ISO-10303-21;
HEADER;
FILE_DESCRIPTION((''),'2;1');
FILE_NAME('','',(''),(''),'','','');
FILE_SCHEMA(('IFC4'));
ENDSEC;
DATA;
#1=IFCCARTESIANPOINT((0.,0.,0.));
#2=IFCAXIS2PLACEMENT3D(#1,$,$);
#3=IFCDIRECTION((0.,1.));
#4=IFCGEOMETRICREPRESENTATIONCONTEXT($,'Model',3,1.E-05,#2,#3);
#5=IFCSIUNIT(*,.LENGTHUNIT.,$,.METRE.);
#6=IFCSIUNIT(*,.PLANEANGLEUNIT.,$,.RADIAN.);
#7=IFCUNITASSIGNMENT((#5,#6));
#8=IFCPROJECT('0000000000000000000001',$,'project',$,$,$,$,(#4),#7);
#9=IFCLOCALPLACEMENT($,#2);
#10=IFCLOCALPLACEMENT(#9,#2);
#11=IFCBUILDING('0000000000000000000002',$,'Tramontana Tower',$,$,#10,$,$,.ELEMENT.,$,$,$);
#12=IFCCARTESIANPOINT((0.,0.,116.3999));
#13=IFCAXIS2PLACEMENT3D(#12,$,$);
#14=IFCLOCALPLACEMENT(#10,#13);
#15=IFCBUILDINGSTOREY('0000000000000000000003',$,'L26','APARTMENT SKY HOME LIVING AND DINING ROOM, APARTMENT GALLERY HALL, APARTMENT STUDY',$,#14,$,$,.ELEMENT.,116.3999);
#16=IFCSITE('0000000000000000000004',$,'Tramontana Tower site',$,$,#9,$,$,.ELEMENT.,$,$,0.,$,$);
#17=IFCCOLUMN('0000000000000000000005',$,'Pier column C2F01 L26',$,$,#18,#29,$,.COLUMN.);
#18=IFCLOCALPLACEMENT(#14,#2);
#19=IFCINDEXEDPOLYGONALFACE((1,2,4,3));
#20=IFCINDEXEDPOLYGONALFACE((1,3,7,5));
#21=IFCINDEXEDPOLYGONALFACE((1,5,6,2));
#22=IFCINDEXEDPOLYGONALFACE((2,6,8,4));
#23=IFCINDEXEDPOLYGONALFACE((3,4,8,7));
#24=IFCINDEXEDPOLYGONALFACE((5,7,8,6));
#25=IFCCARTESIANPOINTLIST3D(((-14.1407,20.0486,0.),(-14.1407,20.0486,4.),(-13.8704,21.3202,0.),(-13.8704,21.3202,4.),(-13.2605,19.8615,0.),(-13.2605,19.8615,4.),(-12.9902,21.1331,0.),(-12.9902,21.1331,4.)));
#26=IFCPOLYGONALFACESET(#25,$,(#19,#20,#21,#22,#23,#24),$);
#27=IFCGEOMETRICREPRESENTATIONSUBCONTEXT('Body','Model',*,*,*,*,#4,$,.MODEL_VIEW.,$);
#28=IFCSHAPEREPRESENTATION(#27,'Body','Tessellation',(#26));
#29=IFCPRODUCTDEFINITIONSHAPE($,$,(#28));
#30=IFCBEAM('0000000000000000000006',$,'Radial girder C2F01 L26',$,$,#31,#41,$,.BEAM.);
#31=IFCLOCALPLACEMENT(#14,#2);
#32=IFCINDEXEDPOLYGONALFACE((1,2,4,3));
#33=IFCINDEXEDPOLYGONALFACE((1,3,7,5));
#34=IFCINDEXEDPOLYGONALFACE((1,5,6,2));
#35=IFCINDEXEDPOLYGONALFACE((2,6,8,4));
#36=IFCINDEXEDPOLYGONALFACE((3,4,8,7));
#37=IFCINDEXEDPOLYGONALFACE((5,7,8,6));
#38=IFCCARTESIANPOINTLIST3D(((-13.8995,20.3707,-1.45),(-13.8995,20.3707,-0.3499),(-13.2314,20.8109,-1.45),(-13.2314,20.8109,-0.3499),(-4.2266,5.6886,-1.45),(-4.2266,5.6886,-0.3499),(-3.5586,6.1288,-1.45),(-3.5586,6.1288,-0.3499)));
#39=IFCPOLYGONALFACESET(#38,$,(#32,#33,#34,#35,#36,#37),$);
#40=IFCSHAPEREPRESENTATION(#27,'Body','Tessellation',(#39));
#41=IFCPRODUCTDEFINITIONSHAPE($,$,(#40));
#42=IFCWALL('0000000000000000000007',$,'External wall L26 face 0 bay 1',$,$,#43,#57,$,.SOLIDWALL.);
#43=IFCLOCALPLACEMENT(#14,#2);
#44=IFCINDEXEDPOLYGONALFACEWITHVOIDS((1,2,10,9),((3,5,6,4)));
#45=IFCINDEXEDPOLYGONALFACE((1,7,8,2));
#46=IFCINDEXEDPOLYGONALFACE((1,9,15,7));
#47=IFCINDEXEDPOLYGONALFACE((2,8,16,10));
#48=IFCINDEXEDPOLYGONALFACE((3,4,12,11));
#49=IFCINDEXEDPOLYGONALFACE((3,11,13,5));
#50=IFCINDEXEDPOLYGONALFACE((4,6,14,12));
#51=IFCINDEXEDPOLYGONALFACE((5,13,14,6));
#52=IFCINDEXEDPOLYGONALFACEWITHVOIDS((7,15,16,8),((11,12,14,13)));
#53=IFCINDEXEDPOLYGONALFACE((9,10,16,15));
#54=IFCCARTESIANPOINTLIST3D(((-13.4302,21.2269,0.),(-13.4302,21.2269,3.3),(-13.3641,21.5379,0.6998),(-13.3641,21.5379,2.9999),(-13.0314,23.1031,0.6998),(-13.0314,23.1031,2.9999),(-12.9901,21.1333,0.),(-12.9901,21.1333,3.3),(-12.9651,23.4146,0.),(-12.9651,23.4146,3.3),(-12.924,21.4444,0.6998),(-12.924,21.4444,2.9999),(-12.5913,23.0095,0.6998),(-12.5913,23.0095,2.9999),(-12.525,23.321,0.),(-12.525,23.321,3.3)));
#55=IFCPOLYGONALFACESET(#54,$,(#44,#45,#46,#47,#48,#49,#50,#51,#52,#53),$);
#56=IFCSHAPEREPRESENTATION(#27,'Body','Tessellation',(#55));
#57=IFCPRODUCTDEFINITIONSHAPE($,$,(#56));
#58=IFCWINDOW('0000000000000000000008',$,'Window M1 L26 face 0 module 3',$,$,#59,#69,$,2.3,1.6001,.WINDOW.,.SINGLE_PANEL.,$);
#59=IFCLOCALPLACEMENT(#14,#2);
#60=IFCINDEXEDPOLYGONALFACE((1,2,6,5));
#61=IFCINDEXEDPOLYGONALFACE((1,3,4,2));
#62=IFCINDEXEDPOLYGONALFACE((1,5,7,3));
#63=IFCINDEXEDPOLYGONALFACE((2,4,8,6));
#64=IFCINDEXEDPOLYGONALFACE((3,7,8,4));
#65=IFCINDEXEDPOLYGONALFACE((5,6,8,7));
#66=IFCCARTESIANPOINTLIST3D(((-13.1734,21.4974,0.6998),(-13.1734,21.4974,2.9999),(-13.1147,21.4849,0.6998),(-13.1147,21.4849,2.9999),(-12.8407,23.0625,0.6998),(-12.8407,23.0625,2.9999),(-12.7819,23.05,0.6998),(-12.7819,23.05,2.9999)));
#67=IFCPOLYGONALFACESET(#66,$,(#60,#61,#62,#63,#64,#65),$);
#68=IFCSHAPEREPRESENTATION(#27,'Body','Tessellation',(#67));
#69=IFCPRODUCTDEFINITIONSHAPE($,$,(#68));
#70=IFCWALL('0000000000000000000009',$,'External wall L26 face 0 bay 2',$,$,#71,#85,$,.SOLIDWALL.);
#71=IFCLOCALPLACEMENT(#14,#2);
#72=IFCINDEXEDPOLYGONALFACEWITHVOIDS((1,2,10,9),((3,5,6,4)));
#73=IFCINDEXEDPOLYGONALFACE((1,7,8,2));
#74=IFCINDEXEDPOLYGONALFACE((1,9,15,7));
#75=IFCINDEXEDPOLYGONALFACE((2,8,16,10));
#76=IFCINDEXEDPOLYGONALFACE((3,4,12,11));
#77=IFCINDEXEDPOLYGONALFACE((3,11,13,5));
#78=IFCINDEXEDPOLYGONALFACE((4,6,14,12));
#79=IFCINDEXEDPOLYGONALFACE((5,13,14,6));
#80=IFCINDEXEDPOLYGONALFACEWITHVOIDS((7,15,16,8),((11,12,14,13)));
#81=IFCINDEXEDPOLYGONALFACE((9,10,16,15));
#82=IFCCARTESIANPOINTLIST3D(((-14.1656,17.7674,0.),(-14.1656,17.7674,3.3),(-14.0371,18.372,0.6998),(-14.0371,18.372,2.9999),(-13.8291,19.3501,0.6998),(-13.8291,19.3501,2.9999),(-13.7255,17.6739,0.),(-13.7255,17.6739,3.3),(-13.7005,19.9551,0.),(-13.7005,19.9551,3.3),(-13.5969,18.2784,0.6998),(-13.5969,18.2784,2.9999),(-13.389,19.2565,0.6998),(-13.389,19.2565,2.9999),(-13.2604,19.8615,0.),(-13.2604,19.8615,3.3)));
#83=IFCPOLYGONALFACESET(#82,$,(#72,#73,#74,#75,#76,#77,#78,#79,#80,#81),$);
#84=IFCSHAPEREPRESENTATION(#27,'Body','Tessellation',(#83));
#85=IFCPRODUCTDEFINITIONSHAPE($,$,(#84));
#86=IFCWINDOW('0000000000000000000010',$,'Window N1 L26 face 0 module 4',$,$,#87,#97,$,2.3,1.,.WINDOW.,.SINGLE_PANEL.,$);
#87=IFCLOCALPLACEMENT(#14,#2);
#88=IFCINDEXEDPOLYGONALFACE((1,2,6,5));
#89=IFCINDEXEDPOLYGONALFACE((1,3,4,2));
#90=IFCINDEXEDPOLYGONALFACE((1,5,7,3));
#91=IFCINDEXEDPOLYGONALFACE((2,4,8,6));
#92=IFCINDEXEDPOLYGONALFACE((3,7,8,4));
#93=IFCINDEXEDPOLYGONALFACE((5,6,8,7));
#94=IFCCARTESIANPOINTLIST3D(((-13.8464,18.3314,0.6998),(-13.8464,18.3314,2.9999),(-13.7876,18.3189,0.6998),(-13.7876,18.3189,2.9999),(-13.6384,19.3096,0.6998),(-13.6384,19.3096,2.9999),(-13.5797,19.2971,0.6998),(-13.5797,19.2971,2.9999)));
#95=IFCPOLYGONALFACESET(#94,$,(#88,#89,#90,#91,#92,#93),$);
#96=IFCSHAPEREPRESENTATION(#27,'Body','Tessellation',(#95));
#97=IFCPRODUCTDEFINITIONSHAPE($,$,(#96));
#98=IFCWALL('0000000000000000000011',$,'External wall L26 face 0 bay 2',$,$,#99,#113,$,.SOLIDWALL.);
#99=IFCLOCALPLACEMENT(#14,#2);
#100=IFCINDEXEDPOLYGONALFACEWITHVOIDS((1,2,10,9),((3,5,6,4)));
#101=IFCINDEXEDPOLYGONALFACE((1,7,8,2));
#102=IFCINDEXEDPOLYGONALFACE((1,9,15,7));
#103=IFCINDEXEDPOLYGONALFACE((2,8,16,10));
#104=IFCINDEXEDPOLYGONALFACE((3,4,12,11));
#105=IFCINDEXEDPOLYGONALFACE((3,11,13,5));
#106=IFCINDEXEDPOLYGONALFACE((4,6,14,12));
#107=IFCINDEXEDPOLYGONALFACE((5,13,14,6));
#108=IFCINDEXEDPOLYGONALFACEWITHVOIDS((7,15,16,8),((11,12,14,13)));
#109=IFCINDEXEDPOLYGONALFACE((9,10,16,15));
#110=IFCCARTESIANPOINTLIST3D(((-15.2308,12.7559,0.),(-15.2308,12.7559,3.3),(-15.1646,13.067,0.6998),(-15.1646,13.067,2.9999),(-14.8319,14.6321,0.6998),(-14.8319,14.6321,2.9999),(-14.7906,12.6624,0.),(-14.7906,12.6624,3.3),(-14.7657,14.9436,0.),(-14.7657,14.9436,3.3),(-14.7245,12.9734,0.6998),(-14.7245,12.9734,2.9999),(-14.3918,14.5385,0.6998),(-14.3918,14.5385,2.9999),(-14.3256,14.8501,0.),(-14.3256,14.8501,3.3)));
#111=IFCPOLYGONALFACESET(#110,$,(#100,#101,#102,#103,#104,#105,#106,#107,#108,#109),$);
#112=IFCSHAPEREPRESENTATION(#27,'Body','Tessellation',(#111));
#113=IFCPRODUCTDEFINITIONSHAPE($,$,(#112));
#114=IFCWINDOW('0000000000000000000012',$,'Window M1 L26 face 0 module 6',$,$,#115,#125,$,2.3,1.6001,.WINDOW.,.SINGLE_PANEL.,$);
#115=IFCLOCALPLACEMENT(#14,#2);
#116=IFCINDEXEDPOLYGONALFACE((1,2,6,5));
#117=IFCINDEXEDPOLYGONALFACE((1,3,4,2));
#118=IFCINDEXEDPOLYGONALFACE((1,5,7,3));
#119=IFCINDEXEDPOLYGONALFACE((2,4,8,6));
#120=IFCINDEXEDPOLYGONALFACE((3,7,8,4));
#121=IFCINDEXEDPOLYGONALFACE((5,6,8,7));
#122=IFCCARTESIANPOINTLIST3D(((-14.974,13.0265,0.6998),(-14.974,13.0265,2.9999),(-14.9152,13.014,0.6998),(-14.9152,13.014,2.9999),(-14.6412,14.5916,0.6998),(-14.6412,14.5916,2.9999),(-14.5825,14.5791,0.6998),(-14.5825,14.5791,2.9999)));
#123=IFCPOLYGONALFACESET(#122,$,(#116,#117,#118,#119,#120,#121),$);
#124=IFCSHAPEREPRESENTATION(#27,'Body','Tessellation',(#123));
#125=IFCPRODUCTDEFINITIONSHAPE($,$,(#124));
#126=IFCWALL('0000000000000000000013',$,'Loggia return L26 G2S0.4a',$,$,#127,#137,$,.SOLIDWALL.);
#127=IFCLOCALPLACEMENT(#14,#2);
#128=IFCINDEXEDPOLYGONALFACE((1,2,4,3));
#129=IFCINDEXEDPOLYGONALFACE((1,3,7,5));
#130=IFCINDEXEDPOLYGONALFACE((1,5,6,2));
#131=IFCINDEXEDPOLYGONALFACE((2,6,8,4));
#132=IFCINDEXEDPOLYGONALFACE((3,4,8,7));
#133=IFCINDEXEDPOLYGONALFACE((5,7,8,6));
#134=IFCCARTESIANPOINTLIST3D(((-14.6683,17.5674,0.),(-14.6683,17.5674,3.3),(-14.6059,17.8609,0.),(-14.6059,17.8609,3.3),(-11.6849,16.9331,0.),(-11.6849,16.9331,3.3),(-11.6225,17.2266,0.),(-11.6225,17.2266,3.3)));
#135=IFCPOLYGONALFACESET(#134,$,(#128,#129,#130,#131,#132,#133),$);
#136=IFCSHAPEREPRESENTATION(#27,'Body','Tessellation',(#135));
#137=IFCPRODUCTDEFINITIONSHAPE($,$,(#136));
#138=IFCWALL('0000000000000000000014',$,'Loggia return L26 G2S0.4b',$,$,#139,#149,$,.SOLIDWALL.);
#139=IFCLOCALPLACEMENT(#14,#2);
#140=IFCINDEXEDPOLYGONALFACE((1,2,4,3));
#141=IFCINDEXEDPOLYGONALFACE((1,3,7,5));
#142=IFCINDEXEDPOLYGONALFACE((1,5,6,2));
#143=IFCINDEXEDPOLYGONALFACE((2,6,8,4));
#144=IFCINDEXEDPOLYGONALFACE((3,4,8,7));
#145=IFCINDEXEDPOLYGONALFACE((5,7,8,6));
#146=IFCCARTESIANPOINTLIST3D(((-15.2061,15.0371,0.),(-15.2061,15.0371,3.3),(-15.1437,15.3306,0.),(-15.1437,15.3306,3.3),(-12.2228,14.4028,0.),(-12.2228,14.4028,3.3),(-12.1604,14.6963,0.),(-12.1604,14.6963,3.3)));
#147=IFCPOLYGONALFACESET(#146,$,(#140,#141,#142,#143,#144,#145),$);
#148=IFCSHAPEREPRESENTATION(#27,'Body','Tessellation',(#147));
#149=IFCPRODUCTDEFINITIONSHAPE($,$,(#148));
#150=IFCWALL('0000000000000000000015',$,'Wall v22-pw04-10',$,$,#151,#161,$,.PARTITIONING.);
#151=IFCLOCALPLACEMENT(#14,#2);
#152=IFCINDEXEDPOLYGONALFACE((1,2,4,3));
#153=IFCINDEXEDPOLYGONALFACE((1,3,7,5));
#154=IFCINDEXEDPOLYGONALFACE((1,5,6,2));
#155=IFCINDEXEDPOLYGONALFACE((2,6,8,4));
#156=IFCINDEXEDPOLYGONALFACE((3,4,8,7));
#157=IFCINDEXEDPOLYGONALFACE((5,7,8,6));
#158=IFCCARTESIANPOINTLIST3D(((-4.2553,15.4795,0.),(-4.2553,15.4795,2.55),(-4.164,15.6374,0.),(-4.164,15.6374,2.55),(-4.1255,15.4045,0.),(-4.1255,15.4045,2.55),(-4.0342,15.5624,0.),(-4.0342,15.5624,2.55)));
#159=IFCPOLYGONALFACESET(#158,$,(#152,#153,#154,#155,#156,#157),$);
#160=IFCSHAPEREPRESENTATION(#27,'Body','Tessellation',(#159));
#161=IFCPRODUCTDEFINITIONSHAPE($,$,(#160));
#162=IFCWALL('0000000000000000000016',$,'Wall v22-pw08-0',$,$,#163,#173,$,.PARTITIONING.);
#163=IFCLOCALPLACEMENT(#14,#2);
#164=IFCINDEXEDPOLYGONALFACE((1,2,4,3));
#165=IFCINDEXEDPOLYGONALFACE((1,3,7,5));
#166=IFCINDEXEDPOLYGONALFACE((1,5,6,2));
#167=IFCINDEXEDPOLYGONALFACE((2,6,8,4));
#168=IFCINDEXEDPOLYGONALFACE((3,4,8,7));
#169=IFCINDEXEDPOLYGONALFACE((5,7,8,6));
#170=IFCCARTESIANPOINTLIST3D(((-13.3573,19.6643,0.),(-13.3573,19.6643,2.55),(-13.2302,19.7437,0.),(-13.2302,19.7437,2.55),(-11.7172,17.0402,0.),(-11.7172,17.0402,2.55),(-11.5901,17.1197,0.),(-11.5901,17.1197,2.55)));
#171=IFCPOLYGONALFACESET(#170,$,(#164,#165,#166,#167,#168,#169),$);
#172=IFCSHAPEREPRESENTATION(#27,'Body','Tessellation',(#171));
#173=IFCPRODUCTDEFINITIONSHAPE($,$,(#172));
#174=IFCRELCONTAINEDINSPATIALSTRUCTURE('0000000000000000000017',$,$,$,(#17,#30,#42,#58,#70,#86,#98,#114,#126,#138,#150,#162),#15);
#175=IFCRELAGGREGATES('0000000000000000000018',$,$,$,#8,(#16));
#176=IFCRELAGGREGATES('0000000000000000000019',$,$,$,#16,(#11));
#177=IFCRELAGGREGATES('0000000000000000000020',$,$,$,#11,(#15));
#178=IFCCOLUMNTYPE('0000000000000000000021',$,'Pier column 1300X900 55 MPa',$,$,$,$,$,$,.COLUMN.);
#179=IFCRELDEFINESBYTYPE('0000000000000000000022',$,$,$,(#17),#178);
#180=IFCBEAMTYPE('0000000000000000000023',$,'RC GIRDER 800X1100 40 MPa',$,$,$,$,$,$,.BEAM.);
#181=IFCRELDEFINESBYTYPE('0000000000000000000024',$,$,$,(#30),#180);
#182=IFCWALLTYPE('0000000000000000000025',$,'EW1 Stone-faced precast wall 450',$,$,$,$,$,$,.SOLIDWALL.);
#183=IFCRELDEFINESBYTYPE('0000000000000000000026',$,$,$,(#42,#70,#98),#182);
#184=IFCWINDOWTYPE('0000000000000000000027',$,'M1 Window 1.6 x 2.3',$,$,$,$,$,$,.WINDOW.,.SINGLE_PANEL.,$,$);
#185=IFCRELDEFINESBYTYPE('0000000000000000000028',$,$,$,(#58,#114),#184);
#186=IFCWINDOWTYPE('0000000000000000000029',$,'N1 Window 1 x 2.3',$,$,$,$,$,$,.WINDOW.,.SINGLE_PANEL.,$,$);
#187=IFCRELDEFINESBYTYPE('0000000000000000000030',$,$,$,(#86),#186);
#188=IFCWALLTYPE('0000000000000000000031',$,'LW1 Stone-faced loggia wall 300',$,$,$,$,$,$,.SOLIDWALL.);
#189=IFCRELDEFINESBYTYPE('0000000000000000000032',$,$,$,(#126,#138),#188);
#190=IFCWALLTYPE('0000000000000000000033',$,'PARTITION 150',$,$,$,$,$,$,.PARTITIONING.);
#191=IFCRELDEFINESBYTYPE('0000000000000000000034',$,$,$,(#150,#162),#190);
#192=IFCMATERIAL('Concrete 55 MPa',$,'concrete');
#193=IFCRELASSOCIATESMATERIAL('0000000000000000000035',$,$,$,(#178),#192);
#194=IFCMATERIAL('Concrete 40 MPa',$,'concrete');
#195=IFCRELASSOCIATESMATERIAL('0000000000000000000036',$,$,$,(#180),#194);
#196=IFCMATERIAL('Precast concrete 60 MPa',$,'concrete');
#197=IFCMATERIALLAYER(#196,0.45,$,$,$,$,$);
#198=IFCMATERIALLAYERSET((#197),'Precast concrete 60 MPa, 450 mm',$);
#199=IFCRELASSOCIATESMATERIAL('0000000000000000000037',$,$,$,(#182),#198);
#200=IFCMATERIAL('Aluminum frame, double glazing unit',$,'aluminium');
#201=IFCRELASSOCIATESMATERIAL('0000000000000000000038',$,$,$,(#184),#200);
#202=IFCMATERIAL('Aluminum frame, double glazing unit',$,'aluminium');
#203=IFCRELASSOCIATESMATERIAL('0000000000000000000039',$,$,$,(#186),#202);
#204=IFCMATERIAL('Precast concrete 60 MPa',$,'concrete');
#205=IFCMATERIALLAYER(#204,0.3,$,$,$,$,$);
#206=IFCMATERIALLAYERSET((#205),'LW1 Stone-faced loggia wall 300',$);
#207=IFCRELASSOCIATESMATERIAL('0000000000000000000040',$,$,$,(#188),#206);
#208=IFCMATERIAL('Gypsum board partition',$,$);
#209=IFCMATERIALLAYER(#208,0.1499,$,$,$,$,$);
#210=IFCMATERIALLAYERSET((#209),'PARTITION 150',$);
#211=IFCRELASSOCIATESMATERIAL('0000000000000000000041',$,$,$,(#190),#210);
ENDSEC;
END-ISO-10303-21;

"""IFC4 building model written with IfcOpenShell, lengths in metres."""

from ifc_helpers import new_model, si_unit, direction, frame, frame_2d, origin, origin_2d, place, context, subcontext, project, spatial, rectangle, extrude, material, layer, layer_set, material_profile, profile_set, type_object, element, fill, save


model = new_model("IFC4")

# Units and contexts
model_context = context("Model", 3, precision=1e-05, world=origin(), true_north=direction((0.0, 1.0)))
body_context = subcontext(model_context, "Body", "Model", "MODEL_VIEW")
ifc_project = project(units=[si_unit("LENGTHUNIT", "METRE"), si_unit("PLANEANGLEUNIT", "RADIAN")], contexts=[model_context])

# Site, building, storey
site_placement = place(None, origin())
site = spatial("IfcSite", under=ifc_project, at=site_placement, Name="Tramontana Tower site", CompositionType="ELEMENT", RefElevation=0.0)
building_placement = place(site_placement, origin())
building = spatial("IfcBuilding", under=site, at=building_placement, Name="Tramontana Tower", CompositionType="ELEMENT")
storey_placement = place(building_placement, frame((0.0, 0.0, 116.3999)))
storey = spatial("IfcBuildingStorey", under=building, at=storey_placement, Name="L26", Description="APARTMENT SKY HOME LIVING AND DINING ROOM, APARTMENT GALLERY HALL, APARTMENT STUDY", CompositionType="ELEMENT", Elevation=116.3999)

# Column
ifc_material_1 = material(Name="Concrete 55 MPa", Category="concrete")
ifc_material_profile_1 = material_profile(ifc_material_1, rectangle(XDim=1.3, YDim=0.8999, at=origin_2d()), Name="Pier column 1300X900 55 MPa")
ifc_profile_set_1 = profile_set([ifc_material_profile_1], Name="Concrete 55 MPa")
column_type = type_object("IfcColumnType", Name="Pier column 1300X900 55 MPa", PredefinedType="COLUMN", material=ifc_profile_set_1)
column_placement = place(storey_placement, frame((-13.5654, 20.5908, 0.0), z_axis=(0.0, 0.0, 1.0), x_axis=(-0.207912, -0.978148, 0.0)))
element("IfcColumn", 1, at=column_placement, inside=storey, type_object=column_type, Name="Pier column C2F01 L26", PredefinedType="COLUMN", context=body_context, shape_type="SweptSolid", body=[
    extrude(rectangle(XDim=1.3, YDim=0.8999, at=origin_2d()), origin(), (0.0, 0.0, 1.0), 4.0),
])

# Beam
ifc_material_2 = material(Name="Concrete 40 MPa", Category="concrete")
ifc_material_profile_2 = material_profile(ifc_material_2, rectangle(XDim=0.8, YDim=1.1001, at=origin_2d()), Name="RC GIRDER 800X1100 40 MPa")
ifc_profile_set_2 = profile_set([ifc_material_profile_2], Name="Concrete 40 MPa")
beam_type = type_object("IfcBeamType", Name="RC GIRDER 800X1100 40 MPa", PredefinedType="BEAM", material=ifc_profile_set_2)
beam_placement = place(storey_placement, frame((-13.5654, 20.5908, -0.8999), z_axis=(0.550155, -0.835063, 0.0), x_axis=(0.835063, 0.550155, 0.0)))
element("IfcBeam", 2, at=beam_placement, inside=storey, type_object=beam_type, Name="Radial girder C2F01 L26", PredefinedType="BEAM", context=body_context, shape_type="SweptSolid", body=[
    extrude(rectangle(XDim=0.8, YDim=1.1001, at=origin_2d()), origin(), (0.0, 0.0, 1.0), 17.582),
])

# Walls, openings, windows
ifc_material_3 = material(Name="Precast concrete 60 MPa", Category="concrete")
ifc_layer_1 = layer(ifc_material_3, 0.45)
ifc_layer_set_1 = layer_set([ifc_layer_1], Name="Precast concrete 60 MPa, 450 mm")
wall_type_1 = type_object("IfcWallType", Name="EW1 Stone-faced precast wall 450", PredefinedType="SOLIDWALL", material=ifc_layer_set_1)
wall_1_placement = place(storey_placement, frame((-12.7451, 23.3677, 0.0), z_axis=(0.0, 0.0, 1.0), x_axis=(-0.207941, -0.978141, 0.0)))
wall_1 = element("IfcWall", 3, at=wall_1_placement, inside=storey, type_object=wall_type_1, Name="External wall L26 face 0 bay 1", PredefinedType="SOLIDWALL", context=body_context, shape_type="SweptSolid", body=[
    extrude(rectangle(XDim=2.2366, YDim=0.45, at=frame_2d((1.1182, 0.0))), origin(), (0.0, 0.0, 1.0), 3.3),
])
opening_1_placement = place(wall_1_placement, frame((0.3184, 0.0, 0.7)))
opening_1 = element("IfcOpeningElement", 4, at=opening_1_placement, cuts=wall_1, PredefinedType="OPENING", context=body_context, shape_type="SweptSolid", body=[
    extrude(rectangle(XDim=1.6001, YDim=2.3, at=frame_2d((0.8, 1.1499))), frame((0.0, 0.2349, 0.0), z_axis=(0.0, -1.0, 0.0), x_axis=(1.0, 0.0, 0.0)), (0.0, 0.0, 1.0), 0.47),
])
ifc_material_4 = material(Name="Aluminum frame, double glazing unit", Category="aluminium")
window_type_1 = type_object("IfcWindowType", Name="M1 Window 1.6 x 2.3", PartitioningType="SINGLE_PANEL", PredefinedType="WINDOW", material=ifc_material_4)
window_1_placement = place(opening_1_placement, origin())
window_1 = element("IfcWindow", 5, at=window_1_placement, inside=storey, type_object=window_type_1, Name="Window M1 L26 face 0 module 3", OverallHeight=2.3, OverallWidth=1.6001, PartitioningType="SINGLE_PANEL", PredefinedType="WINDOW", context=body_context, shape_type="SweptSolid", body=[
    extrude(rectangle(XDim=1.6001, YDim=2.3, at=frame_2d((0.8, 1.1499))), frame((0.0, 0.03, 0.0), z_axis=(0.0, -1.0, 0.0), x_axis=(1.0, 0.0, 0.0)), (0.0, 0.0, 1.0), 0.0601),
])
fill(opening_1, window_1)
wall_2_placement = place(storey_placement, frame((-13.4805, 19.9082, 0.0), z_axis=(0.0, 0.0, 1.0), x_axis=(-0.207941, -0.978141, 0.0)))
wall_2 = element("IfcWall", 6, at=wall_2_placement, inside=storey, type_object=wall_type_1, Name="External wall L26 face 0 bay 2", PredefinedType="SOLIDWALL", context=body_context, shape_type="SweptSolid", body=[
    extrude(rectangle(XDim=2.2366, YDim=0.45, at=frame_2d((1.1182, 0.0))), origin(), (0.0, 0.0, 1.0), 3.3),
])
opening_2_placement = place(wall_2_placement, frame((0.6184, 0.0, 0.7)))
opening_2 = element("IfcOpeningElement", 7, at=opening_2_placement, cuts=wall_2, PredefinedType="OPENING", context=body_context, shape_type="SweptSolid", body=[
    extrude(rectangle(XDim=1.0, YDim=2.3, at=frame_2d((0.5, 1.1499))), frame((0.0, 0.2349, 0.0), z_axis=(0.0, -1.0, 0.0), x_axis=(1.0, 0.0, 0.0)), (0.0, 0.0, 1.0), 0.47),
])
ifc_material_5 = material(Name="Aluminum frame, double glazing unit", Category="aluminium")
window_type_2 = type_object("IfcWindowType", Name="N1 Window 1 x 2.3", PartitioningType="SINGLE_PANEL", PredefinedType="WINDOW", material=ifc_material_5)
window_2_placement = place(opening_2_placement, origin())
window_2 = element("IfcWindow", 8, at=window_2_placement, inside=storey, type_object=window_type_2, Name="Window N1 L26 face 0 module 4", OverallHeight=2.3, OverallWidth=1.0, PartitioningType="SINGLE_PANEL", PredefinedType="WINDOW", context=body_context, shape_type="SweptSolid", body=[
    extrude(rectangle(XDim=1.0, YDim=2.3, at=frame_2d((0.5, 1.1499))), frame((0.0, 0.03, 0.0), z_axis=(0.0, -1.0, 0.0), x_axis=(1.0, 0.0, 0.0)), (0.0, 0.0, 1.0), 0.0601),
])
fill(opening_2, window_2)
wall_3_placement = place(storey_placement, frame((-14.5457, 14.8967, 0.0), z_axis=(0.0, 0.0, 1.0), x_axis=(-0.207941, -0.978141, 0.0)))
wall_3 = element("IfcWall", 9, at=wall_3_placement, inside=storey, type_object=wall_type_1, Name="External wall L26 face 0 bay 2", PredefinedType="SOLIDWALL", context=body_context, shape_type="SweptSolid", body=[
    extrude(rectangle(XDim=2.2366, YDim=0.45, at=frame_2d((1.1182, 0.0))), origin(), (0.0, 0.0, 1.0), 3.3),
])
opening_3_placement = place(wall_3_placement, frame((0.3184, 0.0, 0.7)))
opening_3 = element("IfcOpeningElement", 10, at=opening_3_placement, cuts=wall_3, PredefinedType="OPENING", context=body_context, shape_type="SweptSolid", body=[
    extrude(rectangle(XDim=1.6001, YDim=2.3, at=frame_2d((0.8, 1.1499))), frame((0.0, 0.2349, 0.0), z_axis=(0.0, -1.0, 0.0), x_axis=(1.0, 0.0, 0.0)), (0.0, 0.0, 1.0), 0.47),
])
window_3_placement = place(opening_3_placement, origin())
window_3 = element("IfcWindow", 11, at=window_3_placement, inside=storey, type_object=window_type_1, Name="Window M1 L26 face 0 module 6", OverallHeight=2.3, OverallWidth=1.6001, PartitioningType="SINGLE_PANEL", PredefinedType="WINDOW", context=body_context, shape_type="SweptSolid", body=[
    extrude(rectangle(XDim=1.6001, YDim=2.3, at=frame_2d((0.8, 1.1499))), frame((0.0, 0.03, 0.0), z_axis=(0.0, -1.0, 0.0), x_axis=(1.0, 0.0, 0.0)), (0.0, 0.0, 1.0), 0.0601),
])
fill(opening_3, window_3)

# Shared definitions
ifc_material_6 = material(Name="Precast concrete 60 MPa", Category="concrete")
ifc_layer_2 = layer(ifc_material_6, 0.3)
ifc_layer_set_2 = layer_set([ifc_layer_2], Name="LW1 Stone-faced loggia wall 300")
wall_type_2 = type_object("IfcWallType", Name="LW1 Stone-faced loggia wall 300", PredefinedType="SOLIDWALL", material=ifc_layer_set_2)

# Walls
for number, where, z_axis, x_axis, name in (
    (12, (-14.637, 17.7141, 0.0), (0.0, 0.0, 1.0), (0.978139, -0.207954, 0.0), "Loggia return L26 G2S0.4a"),
    (13, (-15.1748, 15.1838, 0.0), (0.0, 0.0, 1.0), (0.978139, -0.207954, 0.0), "Loggia return L26 G2S0.4b"),
):
    element("IfcWall", number, at=place(storey_placement, frame(where, z_axis=z_axis, x_axis=x_axis)), inside=storey, type_object=wall_type_2, Name=name, PredefinedType="SOLIDWALL", context=body_context, shape_type="SweptSolid", body=[
        extrude(rectangle(XDim=3.05, YDim=0.3, at=frame_2d((1.5249, 0.0))), origin(), (0.0, 0.0, 1.0), 3.3),
    ])
ifc_material_7 = material(Name="Gypsum board partition")
ifc_layer_3 = layer(ifc_material_7, 0.1499)
ifc_layer_set_3 = layer_set([ifc_layer_3], Name="PARTITION 150")
wall_type_3 = type_object("IfcWallType", Name="PARTITION 150", PredefinedType="PARTITIONING", material=ifc_layer_set_3)
wall_4_placement = place(storey_placement, frame((-4.1904, 15.4419, 0.0), z_axis=(0.0, 0.0, 1.0), x_axis=(0.500456, 0.865762, 0.0)))
element("IfcWall", 14, at=wall_4_placement, inside=storey, type_object=wall_type_3, Name="Wall v22-pw04-10", PredefinedType="PARTITIONING", context=body_context, shape_type="SweptSolid", body=[
    extrude(rectangle(XDim=0.1824, YDim=0.1499, at=frame_2d((0.0913, 0.0))), origin(), (0.0, 0.0, 1.0), 2.55),
])
wall_5_placement = place(storey_placement, frame((-11.6536, 17.0798, 0.0), z_axis=(0.0, 0.0, 1.0), x_axis=(-0.530027, 0.847981, 0.0)))
element("IfcWall", 15, at=wall_5_placement, inside=storey, type_object=wall_type_3, Name="Wall v22-pw08-0", PredefinedType="PARTITIONING", context=body_context, shape_type="SweptSolid", body=[
    extrude(rectangle(XDim=3.0945, YDim=0.1499, at=frame_2d((1.5474, 0.0))), origin(), (0.0, 0.0, 1.0), 2.55),
])

save(model, "model.ifc")
